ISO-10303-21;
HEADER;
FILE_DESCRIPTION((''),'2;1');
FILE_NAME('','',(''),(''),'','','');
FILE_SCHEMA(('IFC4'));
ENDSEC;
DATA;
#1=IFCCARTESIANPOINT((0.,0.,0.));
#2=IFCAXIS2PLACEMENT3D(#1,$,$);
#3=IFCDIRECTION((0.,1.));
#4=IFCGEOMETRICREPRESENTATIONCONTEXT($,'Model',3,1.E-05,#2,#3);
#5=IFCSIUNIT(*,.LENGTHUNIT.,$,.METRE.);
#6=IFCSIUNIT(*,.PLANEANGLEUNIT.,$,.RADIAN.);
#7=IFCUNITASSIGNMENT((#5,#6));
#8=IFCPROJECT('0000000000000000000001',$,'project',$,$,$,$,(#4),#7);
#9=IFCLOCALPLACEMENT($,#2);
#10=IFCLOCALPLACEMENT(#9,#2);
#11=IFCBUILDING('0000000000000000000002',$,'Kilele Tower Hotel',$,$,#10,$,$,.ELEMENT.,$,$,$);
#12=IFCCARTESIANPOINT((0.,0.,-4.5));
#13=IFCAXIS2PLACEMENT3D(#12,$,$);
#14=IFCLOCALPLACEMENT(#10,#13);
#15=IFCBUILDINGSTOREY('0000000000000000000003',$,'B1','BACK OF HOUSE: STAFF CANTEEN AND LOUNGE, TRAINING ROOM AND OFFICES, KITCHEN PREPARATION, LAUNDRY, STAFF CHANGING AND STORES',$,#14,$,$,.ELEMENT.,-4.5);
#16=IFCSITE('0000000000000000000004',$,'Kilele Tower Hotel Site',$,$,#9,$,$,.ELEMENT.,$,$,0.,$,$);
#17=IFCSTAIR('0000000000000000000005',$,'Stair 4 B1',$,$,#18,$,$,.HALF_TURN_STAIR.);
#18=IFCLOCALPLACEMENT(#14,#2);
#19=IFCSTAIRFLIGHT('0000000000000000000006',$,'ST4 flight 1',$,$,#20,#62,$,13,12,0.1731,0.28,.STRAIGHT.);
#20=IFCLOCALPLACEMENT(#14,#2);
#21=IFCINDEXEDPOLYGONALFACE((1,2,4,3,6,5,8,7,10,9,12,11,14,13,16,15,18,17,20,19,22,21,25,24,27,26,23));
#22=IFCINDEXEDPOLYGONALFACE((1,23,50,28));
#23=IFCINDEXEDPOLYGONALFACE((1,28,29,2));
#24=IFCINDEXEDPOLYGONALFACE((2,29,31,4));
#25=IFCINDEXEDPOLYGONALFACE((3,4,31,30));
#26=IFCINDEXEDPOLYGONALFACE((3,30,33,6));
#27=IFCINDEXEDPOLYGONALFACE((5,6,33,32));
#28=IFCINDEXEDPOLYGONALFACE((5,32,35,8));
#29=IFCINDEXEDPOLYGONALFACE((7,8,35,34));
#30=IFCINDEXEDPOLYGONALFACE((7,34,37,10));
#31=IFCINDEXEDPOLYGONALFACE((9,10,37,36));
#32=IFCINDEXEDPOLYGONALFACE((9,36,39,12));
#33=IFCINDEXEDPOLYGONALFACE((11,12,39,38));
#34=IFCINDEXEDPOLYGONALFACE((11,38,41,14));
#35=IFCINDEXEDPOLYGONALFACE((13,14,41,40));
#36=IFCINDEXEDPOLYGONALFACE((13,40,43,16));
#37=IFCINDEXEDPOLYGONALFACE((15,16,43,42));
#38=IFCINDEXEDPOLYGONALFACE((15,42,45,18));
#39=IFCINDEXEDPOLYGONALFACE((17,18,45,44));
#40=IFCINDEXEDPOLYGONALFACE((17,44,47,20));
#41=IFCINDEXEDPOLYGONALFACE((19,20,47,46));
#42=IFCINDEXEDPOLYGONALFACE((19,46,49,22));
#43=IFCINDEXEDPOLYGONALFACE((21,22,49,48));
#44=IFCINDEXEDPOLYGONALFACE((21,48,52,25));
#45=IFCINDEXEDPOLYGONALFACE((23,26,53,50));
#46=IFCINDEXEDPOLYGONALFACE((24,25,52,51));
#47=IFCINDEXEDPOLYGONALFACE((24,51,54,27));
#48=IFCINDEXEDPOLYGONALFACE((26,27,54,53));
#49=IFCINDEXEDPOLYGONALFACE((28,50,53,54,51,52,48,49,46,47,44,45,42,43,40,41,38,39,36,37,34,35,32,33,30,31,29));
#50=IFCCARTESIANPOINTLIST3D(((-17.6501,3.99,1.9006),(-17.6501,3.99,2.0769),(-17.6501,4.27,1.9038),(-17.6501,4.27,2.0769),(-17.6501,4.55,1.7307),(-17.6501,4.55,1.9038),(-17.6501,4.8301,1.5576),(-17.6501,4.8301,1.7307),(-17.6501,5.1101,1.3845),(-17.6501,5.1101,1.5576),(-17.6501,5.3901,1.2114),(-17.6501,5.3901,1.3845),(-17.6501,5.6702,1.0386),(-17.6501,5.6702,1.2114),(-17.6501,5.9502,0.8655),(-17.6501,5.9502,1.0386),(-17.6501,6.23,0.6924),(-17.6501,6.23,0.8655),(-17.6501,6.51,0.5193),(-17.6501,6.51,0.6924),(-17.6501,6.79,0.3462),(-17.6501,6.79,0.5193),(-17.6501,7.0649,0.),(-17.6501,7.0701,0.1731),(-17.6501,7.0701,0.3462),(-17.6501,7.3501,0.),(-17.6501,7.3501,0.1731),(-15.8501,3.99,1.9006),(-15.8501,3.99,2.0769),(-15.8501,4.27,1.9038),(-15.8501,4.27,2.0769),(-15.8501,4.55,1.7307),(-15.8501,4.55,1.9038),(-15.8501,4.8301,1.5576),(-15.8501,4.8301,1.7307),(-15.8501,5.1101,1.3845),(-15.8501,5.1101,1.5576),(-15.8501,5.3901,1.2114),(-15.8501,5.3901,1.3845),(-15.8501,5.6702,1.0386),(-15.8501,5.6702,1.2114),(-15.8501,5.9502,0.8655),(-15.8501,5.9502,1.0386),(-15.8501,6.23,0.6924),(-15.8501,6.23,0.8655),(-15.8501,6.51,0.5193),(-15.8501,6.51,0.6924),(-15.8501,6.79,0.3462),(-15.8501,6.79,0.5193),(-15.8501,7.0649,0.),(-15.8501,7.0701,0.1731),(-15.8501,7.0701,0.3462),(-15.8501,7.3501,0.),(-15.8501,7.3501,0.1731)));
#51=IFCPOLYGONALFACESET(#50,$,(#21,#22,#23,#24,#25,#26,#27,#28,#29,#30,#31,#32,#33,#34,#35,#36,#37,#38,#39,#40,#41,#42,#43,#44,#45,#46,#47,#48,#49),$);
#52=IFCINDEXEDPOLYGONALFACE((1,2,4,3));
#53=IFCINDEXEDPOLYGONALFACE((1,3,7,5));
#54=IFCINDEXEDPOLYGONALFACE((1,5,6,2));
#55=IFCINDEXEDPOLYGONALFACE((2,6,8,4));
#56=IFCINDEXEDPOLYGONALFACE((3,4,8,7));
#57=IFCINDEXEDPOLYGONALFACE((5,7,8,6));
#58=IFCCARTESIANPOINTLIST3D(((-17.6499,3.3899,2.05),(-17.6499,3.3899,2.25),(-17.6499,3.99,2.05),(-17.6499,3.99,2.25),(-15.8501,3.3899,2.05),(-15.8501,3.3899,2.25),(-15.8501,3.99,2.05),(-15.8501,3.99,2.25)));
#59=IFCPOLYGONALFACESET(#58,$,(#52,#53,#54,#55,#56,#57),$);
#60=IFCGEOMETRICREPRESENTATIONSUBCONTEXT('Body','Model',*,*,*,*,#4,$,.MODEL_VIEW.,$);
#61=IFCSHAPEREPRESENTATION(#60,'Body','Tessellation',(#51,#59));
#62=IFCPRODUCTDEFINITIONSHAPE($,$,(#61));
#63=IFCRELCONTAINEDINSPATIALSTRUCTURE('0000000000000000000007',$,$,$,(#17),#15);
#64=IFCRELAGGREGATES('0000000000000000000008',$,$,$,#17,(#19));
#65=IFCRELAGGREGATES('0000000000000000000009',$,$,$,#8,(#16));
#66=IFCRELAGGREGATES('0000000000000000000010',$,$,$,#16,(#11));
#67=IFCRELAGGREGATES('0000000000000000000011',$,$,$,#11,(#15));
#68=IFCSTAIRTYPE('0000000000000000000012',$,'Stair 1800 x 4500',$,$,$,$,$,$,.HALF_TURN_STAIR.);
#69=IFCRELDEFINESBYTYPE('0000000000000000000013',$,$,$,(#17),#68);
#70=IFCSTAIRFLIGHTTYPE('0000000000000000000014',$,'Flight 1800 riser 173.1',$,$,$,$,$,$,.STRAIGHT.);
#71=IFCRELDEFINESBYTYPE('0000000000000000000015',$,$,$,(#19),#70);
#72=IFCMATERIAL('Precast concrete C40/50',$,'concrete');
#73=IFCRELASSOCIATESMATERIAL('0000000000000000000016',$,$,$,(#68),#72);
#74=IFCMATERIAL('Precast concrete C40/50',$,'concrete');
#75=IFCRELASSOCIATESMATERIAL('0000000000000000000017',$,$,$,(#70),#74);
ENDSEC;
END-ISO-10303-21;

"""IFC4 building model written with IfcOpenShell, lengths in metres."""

from ifc_helpers import new_model, si_unit, direction, frame, origin, place, context, subcontext, project, spatial, polyline, outline, extrude, material, type_object, element, aggregate, save


model = new_model("IFC4")

# Units and contexts
model_context = context("Model", 3, precision=1e-05, world=origin(), true_north=direction((0.0, 1.0)))
body_context = subcontext(model_context, "Body", "Model", "MODEL_VIEW")
ifc_project = project(units=[si_unit("LENGTHUNIT", "METRE"), si_unit("PLANEANGLEUNIT", "RADIAN")], contexts=[model_context])

# Site, building, storey
site_placement = place(None, origin())
site = spatial("IfcSite", under=ifc_project, at=site_placement, Name="Kilele Tower Hotel Site", CompositionType="ELEMENT", RefElevation=0.0)
building_placement = place(site_placement, origin())
building = spatial("IfcBuilding", under=site, at=building_placement, Name="Kilele Tower Hotel", CompositionType="ELEMENT")
storey_placement = place(building_placement, frame((0.0, 0.0, -4.5)))
storey = spatial("IfcBuildingStorey", under=building, at=storey_placement, Name="B1", Description="BACK OF HOUSE: STAFF CANTEEN AND LOUNGE, TRAINING ROOM AND OFFICES, KITCHEN PREPARATION, LAUNDRY, STAFF CHANGING AND STORES", CompositionType="ELEMENT", Elevation=-4.5)

# Stair, stair flight
ifc_material_1 = material(Name="Precast concrete C40/50", Category="concrete")
stair_type = type_object("IfcStairType", Name="Stair 1800 x 4500", PredefinedType="HALF_TURN_STAIR", material=ifc_material_1)
stair_placement = place(storey_placement, origin())
stair = element("IfcStair", 1, at=stair_placement, inside=storey, type_object=stair_type, Name="Stair 4 B1", PredefinedType="HALF_TURN_STAIR")
ifc_material_2 = material(Name="Precast concrete C40/50", Category="concrete")
stair_flight_type = type_object("IfcStairFlightType", Name="Flight 1800 riser 173.1", PredefinedType="STRAIGHT", material=ifc_material_2)
stair_flight_placement = place(storey_placement, frame((-16.75, 7.3501, 0.0), z_axis=(0.0, 0.0, 1.0), x_axis=(0.0, -1.0, 0.0)))
stair_flight = element("IfcStairFlight", 2, at=stair_flight_placement, type_object=stair_flight_type, Name="ST4 flight 1", NumberOfRisers=13, NumberOfTreads=12, PredefinedType="STRAIGHT", RiserHeight=0.1731, TreadLength=0.28, context=body_context, shape_type="SweptSolid", body=[
    extrude(outline(polyline([(0.0, 0.0), (0.0, 0.1731), (0.28, 0.1731), (0.28, 0.3462), (0.5601, 0.3462), (0.5601, 0.5193), (0.8401, 0.5193), (0.8401, 0.6924), (1.1201, 0.6924), (1.1201, 0.8655), (1.3999, 0.8655), (1.3999, 1.0386), (1.6799, 1.0386), (1.6799, 1.2114), (1.96, 1.2114), (1.96, 1.3845), (2.24, 1.3845), (2.24, 1.5576), (2.52, 1.5576), (2.52, 1.7307), (2.8, 1.7307), (2.8, 1.9038), (3.0801, 1.9038), (3.0801, 2.0769), (3.3601, 2.0769), (3.3601, 2.25), (3.3601, 1.9006), (0.2852, 0.0), (0.0, 0.0)])), frame((0.0, 0.8999, 0.0), z_axis=(0.0, -1.0, 0.0), x_axis=(1.0, 0.0, 0.0)), (0.0, 0.0, 1.0), 1.8),
    extrude(outline(polyline([(3.9602, -0.8999), (3.9602, 0.8999), (3.3601, 0.8999), (3.3601, -0.8999), (3.9602, -0.8999)])), frame((0.0, 0.0, 2.05)), (0.0, 0.0, 1.0), 0.2),
])
aggregate(stair, [stair_flight])

save(model, "model.ifc")
